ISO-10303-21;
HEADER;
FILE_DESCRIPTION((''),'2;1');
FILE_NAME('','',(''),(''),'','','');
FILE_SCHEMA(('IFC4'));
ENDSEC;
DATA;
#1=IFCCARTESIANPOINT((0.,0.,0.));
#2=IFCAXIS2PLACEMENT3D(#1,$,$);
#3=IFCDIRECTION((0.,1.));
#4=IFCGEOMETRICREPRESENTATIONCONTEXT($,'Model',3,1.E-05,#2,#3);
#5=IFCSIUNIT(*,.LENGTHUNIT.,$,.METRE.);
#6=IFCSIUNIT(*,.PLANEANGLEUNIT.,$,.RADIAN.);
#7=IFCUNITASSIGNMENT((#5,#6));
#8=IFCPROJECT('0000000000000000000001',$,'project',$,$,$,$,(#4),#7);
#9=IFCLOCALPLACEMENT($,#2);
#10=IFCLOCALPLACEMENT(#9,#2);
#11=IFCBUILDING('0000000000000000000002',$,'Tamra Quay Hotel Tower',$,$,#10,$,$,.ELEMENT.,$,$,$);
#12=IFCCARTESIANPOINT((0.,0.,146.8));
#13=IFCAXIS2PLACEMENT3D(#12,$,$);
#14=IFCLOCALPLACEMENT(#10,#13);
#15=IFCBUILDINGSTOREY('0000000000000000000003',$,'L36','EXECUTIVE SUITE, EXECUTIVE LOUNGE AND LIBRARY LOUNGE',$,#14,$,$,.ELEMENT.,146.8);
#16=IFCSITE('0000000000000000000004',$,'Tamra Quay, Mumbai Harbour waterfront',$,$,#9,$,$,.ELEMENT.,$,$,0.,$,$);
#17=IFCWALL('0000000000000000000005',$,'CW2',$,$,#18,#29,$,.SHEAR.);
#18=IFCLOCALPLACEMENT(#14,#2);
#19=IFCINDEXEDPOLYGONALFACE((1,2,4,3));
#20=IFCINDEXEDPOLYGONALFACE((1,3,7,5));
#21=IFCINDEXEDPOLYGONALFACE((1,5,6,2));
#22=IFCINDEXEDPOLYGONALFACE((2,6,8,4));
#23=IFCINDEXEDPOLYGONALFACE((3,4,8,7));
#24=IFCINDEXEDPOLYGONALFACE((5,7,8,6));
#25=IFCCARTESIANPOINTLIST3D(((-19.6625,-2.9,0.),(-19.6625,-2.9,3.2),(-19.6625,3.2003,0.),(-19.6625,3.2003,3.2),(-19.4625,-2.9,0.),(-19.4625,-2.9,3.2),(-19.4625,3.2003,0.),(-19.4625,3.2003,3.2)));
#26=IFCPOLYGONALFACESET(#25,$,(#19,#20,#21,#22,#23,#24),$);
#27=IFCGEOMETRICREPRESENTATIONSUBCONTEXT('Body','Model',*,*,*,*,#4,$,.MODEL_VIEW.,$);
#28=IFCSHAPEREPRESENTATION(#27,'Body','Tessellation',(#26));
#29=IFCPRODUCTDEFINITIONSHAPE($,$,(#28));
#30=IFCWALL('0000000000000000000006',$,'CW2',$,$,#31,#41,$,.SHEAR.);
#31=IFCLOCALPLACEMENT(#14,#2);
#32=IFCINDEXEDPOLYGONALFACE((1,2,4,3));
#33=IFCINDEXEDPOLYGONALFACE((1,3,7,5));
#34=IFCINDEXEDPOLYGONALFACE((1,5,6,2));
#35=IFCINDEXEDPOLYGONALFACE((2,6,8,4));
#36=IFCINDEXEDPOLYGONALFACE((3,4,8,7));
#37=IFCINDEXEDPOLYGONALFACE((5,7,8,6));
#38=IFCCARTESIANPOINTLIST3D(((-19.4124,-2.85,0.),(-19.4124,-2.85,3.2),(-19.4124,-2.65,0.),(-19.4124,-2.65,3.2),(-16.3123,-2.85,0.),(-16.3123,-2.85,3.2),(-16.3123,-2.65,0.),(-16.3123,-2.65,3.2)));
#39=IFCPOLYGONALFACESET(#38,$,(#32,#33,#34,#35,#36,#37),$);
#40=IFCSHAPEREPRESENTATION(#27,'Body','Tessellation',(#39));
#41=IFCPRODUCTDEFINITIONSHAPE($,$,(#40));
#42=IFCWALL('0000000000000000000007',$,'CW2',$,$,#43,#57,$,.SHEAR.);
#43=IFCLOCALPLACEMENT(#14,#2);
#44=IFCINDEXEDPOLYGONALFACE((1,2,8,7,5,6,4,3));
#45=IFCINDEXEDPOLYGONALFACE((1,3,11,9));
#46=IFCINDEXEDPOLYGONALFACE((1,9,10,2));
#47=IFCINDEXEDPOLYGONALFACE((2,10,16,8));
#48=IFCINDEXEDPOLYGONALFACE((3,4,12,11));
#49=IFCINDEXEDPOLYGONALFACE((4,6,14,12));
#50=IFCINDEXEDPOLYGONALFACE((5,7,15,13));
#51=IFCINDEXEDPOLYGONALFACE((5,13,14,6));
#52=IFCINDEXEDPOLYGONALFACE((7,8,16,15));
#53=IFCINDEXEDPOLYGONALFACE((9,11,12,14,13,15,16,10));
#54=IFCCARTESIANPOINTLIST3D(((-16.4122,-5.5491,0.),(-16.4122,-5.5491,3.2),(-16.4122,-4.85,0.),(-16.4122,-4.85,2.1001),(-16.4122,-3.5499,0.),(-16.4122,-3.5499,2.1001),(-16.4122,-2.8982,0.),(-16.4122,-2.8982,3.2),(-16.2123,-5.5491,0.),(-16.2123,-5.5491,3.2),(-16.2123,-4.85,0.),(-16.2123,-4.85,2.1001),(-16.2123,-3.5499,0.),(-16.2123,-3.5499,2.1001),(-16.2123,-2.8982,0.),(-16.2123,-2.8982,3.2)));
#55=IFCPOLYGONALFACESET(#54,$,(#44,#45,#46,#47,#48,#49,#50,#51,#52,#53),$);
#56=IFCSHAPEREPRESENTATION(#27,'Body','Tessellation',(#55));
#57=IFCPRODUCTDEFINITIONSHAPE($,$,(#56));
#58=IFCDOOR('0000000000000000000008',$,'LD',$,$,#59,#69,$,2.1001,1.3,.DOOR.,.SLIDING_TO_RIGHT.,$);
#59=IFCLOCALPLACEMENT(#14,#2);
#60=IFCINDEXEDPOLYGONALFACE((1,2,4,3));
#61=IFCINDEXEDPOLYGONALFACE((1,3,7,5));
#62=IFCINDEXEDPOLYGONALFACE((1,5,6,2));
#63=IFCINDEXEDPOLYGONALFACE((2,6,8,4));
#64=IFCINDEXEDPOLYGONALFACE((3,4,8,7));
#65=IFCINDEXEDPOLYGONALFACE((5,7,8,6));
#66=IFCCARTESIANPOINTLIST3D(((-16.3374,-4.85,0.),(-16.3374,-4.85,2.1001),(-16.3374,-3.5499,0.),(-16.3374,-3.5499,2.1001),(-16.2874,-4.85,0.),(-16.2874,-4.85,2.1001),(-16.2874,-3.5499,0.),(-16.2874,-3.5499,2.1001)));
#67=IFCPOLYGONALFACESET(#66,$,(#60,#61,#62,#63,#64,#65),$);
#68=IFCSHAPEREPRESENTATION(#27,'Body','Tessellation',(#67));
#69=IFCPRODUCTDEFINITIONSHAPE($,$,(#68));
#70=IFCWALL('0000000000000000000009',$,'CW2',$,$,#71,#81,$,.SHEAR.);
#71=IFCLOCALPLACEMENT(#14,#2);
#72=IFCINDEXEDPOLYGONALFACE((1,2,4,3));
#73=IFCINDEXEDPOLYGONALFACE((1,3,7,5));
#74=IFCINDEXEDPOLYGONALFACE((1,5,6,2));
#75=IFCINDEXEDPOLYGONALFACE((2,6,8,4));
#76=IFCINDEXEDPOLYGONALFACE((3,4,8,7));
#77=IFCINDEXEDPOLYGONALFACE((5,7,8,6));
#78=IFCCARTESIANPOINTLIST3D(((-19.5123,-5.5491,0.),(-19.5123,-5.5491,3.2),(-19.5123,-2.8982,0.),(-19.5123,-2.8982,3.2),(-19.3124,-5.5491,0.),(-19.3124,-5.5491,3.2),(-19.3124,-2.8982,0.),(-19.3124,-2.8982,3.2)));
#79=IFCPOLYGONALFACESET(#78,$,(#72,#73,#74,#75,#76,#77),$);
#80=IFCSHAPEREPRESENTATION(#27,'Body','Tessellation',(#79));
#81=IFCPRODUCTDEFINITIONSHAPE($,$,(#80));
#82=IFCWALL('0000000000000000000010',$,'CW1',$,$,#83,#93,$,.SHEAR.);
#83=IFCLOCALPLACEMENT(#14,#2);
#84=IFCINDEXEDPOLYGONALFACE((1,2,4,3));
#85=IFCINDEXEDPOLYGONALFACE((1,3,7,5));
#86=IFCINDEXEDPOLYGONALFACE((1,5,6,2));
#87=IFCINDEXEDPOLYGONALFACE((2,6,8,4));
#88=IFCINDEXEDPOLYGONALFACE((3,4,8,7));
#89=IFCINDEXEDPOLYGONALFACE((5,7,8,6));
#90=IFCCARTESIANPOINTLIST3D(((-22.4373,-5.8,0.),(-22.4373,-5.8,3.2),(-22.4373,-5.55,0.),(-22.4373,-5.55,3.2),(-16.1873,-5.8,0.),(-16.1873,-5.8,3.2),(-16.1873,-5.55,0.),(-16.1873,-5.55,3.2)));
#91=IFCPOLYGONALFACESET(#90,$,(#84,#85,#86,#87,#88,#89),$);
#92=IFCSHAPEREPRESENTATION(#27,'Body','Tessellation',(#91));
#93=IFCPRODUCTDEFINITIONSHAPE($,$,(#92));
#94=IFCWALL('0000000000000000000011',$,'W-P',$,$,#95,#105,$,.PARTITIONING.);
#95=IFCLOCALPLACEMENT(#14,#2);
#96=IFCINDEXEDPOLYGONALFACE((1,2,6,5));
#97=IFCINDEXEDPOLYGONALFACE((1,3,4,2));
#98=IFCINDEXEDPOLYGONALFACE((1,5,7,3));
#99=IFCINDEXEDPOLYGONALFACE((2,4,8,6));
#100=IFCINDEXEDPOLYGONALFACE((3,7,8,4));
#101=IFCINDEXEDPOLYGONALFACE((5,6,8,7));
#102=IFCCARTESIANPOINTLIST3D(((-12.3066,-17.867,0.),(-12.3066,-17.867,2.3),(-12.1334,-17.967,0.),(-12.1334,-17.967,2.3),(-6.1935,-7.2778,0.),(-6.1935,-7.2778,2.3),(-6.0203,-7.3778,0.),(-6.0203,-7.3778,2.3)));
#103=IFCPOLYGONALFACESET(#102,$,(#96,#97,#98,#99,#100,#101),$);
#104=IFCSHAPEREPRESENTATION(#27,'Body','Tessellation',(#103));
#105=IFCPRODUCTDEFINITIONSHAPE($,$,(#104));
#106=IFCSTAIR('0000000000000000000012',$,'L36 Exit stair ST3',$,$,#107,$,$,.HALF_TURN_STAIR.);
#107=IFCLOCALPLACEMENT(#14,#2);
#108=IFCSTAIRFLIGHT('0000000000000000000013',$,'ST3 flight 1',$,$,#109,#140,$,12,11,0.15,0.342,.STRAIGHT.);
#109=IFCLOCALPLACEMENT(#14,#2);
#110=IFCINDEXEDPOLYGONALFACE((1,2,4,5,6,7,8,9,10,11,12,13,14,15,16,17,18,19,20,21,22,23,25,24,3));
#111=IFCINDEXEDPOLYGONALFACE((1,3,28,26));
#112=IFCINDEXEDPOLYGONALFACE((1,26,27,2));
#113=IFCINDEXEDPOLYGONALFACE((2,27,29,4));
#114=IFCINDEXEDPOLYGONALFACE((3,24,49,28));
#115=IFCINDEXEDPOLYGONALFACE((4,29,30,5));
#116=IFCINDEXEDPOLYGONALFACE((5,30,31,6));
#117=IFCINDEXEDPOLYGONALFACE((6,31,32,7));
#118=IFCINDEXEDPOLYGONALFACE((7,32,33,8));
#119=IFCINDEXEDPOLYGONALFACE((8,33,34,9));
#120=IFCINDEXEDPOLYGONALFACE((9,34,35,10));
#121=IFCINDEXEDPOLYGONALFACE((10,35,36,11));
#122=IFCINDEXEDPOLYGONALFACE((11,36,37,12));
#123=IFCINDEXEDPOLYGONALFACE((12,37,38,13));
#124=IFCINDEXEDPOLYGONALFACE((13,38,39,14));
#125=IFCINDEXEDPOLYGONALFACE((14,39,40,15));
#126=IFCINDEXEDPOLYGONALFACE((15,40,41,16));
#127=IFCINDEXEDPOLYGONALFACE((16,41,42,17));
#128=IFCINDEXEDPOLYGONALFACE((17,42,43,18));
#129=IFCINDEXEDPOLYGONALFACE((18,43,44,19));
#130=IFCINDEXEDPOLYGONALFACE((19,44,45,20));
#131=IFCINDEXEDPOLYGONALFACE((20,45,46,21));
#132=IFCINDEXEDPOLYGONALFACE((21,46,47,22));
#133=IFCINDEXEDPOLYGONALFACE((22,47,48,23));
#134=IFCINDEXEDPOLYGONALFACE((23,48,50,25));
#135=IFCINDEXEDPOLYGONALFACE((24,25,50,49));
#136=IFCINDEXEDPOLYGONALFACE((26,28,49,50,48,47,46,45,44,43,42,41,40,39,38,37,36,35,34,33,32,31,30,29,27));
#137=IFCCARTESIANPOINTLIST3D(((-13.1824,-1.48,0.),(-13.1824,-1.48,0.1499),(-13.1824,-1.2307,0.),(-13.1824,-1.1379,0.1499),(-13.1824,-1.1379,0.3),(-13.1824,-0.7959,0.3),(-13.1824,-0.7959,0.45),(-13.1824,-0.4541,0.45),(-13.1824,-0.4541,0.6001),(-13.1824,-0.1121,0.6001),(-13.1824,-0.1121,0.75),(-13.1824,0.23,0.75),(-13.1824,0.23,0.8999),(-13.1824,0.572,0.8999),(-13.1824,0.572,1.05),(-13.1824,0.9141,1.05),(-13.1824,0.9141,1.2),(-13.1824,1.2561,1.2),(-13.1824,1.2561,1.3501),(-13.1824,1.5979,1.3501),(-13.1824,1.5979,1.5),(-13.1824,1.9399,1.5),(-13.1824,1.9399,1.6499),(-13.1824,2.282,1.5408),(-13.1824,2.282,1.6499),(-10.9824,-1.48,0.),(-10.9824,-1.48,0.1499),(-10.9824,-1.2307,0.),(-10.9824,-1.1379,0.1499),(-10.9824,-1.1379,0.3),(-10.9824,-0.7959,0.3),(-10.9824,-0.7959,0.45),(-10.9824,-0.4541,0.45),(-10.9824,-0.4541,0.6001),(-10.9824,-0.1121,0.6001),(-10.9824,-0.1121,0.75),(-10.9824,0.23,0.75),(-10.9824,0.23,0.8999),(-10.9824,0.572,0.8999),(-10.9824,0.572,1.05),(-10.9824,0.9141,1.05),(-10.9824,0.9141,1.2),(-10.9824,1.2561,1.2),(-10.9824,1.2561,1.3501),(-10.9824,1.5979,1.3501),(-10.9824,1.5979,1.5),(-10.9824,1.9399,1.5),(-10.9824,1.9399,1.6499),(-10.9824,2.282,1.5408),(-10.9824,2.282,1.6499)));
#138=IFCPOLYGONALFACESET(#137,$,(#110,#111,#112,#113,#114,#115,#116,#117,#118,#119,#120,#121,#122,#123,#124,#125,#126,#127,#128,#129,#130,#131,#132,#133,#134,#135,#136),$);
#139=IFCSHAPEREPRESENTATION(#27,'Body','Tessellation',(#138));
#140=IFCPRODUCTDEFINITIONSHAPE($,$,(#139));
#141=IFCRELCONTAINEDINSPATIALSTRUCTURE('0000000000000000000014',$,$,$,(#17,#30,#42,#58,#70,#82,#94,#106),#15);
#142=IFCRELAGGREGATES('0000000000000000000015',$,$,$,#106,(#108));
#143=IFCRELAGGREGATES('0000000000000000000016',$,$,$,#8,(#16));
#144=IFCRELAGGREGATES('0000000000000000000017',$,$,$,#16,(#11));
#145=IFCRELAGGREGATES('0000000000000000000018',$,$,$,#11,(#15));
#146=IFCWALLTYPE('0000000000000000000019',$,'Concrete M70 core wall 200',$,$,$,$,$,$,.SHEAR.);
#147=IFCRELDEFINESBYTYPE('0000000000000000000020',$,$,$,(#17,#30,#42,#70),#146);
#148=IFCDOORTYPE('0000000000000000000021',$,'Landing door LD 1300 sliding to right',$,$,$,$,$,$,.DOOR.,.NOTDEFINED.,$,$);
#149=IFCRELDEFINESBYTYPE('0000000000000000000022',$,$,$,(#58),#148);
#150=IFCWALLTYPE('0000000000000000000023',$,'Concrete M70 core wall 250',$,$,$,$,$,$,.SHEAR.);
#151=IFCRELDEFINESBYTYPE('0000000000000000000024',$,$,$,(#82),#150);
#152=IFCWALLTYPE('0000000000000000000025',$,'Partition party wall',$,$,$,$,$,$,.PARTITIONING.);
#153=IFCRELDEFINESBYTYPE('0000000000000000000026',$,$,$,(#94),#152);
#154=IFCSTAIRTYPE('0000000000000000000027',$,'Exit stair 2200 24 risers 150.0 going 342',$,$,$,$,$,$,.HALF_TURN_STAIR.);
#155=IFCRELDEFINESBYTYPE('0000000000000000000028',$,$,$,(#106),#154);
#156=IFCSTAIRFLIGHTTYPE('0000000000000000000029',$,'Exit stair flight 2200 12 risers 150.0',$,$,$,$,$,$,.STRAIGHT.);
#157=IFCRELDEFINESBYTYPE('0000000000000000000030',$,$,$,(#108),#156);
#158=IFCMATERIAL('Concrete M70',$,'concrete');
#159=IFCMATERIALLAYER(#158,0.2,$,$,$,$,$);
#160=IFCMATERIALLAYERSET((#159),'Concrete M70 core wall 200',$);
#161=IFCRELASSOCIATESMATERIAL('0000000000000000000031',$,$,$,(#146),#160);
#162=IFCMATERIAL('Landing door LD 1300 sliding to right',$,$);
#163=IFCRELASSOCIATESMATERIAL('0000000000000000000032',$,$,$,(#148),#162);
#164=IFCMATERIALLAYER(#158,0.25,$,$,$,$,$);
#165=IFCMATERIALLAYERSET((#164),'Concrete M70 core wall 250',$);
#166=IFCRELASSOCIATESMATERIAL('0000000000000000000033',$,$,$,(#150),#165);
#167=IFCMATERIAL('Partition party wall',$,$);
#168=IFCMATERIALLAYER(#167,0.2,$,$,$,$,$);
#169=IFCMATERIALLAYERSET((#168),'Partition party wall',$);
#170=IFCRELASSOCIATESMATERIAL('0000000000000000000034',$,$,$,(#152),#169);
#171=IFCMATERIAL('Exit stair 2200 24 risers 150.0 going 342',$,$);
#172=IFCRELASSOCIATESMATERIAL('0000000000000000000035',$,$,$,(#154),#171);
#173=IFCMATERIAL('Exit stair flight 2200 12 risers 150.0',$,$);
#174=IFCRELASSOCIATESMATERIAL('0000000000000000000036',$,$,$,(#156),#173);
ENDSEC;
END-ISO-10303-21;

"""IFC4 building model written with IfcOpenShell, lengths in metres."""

from ifc_helpers import new_model, si_unit, direction, frame, frame_2d, origin, place, context, subcontext, project, spatial, polyline, rectangle, outline, extrude, material, layer, layer_set, type_object, element, fill, aggregate, save


model = new_model("IFC4")

# Units and contexts
model_context = context("Model", 3, precision=1e-05, world=origin(), true_north=direction((0.0, 1.0)))
body_context = subcontext(model_context, "Body", "Model", "MODEL_VIEW")
ifc_project = project(units=[si_unit("LENGTHUNIT", "METRE"), si_unit("PLANEANGLEUNIT", "RADIAN")], contexts=[model_context])

# Site, building, storey
site_placement = place(None, origin())
site = spatial("IfcSite", under=ifc_project, at=site_placement, Name="Tamra Quay, Mumbai Harbour waterfront", CompositionType="ELEMENT", RefElevation=0.0)
building_placement = place(site_placement, origin())
building = spatial("IfcBuilding", under=site, at=building_placement, Name="Tamra Quay Hotel Tower", CompositionType="ELEMENT")
storey_placement = place(building_placement, frame((0.0, 0.0, 146.8)))
storey = spatial("IfcBuildingStorey", under=building, at=storey_placement, Name="L36", Description="EXECUTIVE SUITE, EXECUTIVE LOUNGE AND LIBRARY LOUNGE", CompositionType="ELEMENT", Elevation=146.8)

# Shared definitions
ifc_material_1 = material(Name="Concrete M70", Category="concrete")

# Walls
ifc_layer_1 = layer(ifc_material_1, 0.2)
ifc_layer_set_1 = layer_set([ifc_layer_1], Name="Concrete M70 core wall 200")
wall_type_1 = type_object("IfcWallType", Name="Concrete M70 core wall 200", PredefinedType="SHEAR", material=ifc_layer_set_1)
wall_1_placement = place(storey_placement, frame((-19.5625, -2.9001, 0.0), z_axis=(0.0, 0.0, 1.0), x_axis=(0.0, 1.0, 0.0)))
element("IfcWall", 1, at=wall_1_placement, inside=storey, type_object=wall_type_1, Name="CW2", PredefinedType="SHEAR", context=body_context, shape_type="SweptSolid", body=[
    extrude(rectangle(XDim=6.1003, YDim=0.2, at=frame_2d((3.0503, 0.0))), origin(), (0.0, 0.0, 1.0), 3.2),
])
wall_2_placement = place(storey_placement, frame((-19.4124, -2.75, 0.0), z_axis=(0.0, 0.0, 1.0), x_axis=(1.0, 0.0, 0.0)))
element("IfcWall", 2, at=wall_2_placement, inside=storey, type_object=wall_type_1, Name="CW2", PredefinedType="SHEAR", context=body_context, shape_type="SweptSolid", body=[
    extrude(rectangle(XDim=3.1001, YDim=0.2, at=frame_2d((1.55, 0.0))), origin(), (0.0, 0.0, 1.0), 3.2),
])

# Wall, opening, door
wall_3_placement = place(storey_placement, frame((-16.3123, -2.8982, 0.0), z_axis=(0.0, 0.0, 1.0), x_axis=(0.0, -1.0, 0.0)))
wall_3 = element("IfcWall", 3, at=wall_3_placement, inside=storey, type_object=wall_type_1, Name="CW2", PredefinedType="SHEAR", context=body_context, shape_type="SweptSolid", body=[
    extrude(rectangle(XDim=2.6509, YDim=0.2, at=frame_2d((1.3254, 0.0))), origin(), (0.0, 0.0, 1.0), 3.2),
])
opening_placement = place(wall_3_placement, frame((0.6519, 0.0, 0.0)))
opening = element("IfcOpeningElement", 4, at=opening_placement, cuts=wall_3, PredefinedType="OPENING", context=body_context, shape_type="SweptSolid", body=[
    extrude(rectangle(XDim=1.3, YDim=2.1001, at=frame_2d((0.6499, 1.05))), frame((0.0, 0.1099, 0.0), z_axis=(0.0, -1.0, 0.0), x_axis=(1.0, 0.0, 0.0)), (0.0, 0.0, 1.0), 0.22),
])
ifc_material_2 = material(Name="Landing door LD 1300 sliding to right")
door_type = type_object("IfcDoorType", Name="Landing door LD 1300 sliding to right", OperationType="NOTDEFINED", PredefinedType="DOOR", material=ifc_material_2)
door_placement = place(opening_placement, origin())
door = element("IfcDoor", 5, at=door_placement, inside=storey, type_object=door_type, Name="LD", OperationType="SLIDING_TO_RIGHT", OverallHeight=2.1001, OverallWidth=1.3, PredefinedType="DOOR", context=body_context, shape_type="SweptSolid", body=[
    extrude(rectangle(XDim=1.3, YDim=2.1001, at=frame_2d((0.6499, 1.05))), frame((0.0, 0.0249, 0.0), z_axis=(0.0, -1.0, 0.0), x_axis=(1.0, 0.0, 0.0)), (0.0, 0.0, 1.0), 0.05),
])
fill(opening, door)

# Walls
wall_4_placement = place(storey_placement, frame((-19.4124, -5.5491, 0.0), z_axis=(0.0, 0.0, 1.0), x_axis=(0.0, 1.0, 0.0)))
element("IfcWall", 6, at=wall_4_placement, inside=storey, type_object=wall_type_1, Name="CW2", PredefinedType="SHEAR", context=body_context, shape_type="SweptSolid", body=[
    extrude(rectangle(XDim=2.6509, YDim=0.2, at=frame_2d((1.3254, 0.0))), origin(), (0.0, 0.0, 1.0), 3.2),
])
ifc_layer_2 = layer(ifc_material_1, 0.25)
ifc_layer_set_2 = layer_set([ifc_layer_2], Name="Concrete M70 core wall 250")
wall_type_2 = type_object("IfcWallType", Name="Concrete M70 core wall 250", PredefinedType="SHEAR", material=ifc_layer_set_2)
wall_5_placement = place(storey_placement, frame((-16.1873, -5.675, 0.0), z_axis=(0.0, 0.0, 1.0), x_axis=(-1.0, 0.0, 0.0)))
element("IfcWall", 7, at=wall_5_placement, inside=storey, type_object=wall_type_2, Name="CW1", PredefinedType="SHEAR", context=body_context, shape_type="SweptSolid", body=[
    extrude(rectangle(XDim=6.25, YDim=0.25, at=frame_2d((3.125, 0.0))), origin(), (0.0, 0.0, 1.0), 3.2),
])
ifc_material_3 = material(Name="Partition party wall")
ifc_layer_3 = layer(ifc_material_3, 0.2)
ifc_layer_set_3 = layer_set([ifc_layer_3], Name="Partition party wall")
wall_type_3 = type_object("IfcWallType", Name="Partition party wall", PredefinedType="PARTITIONING", material=ifc_layer_set_3)
wall_6_placement = place(storey_placement, frame((-12.22, -17.917, 0.0), z_axis=(0.0, 0.0, 1.0), x_axis=(0.499964, 0.866046, 0.0)))
element("IfcWall", 8, at=wall_6_placement, inside=storey, type_object=wall_type_3, Name="W-P", PredefinedType="PARTITIONING", context=body_context, shape_type="SweptSolid", body=[
    extrude(rectangle(XDim=12.2271, YDim=0.2, at=frame_2d((6.1135, 0.0))), origin(), (0.0, 0.0, 1.0), 2.3),
])

# Stair, stair flight
ifc_material_4 = material(Name="Exit stair 2200 24 risers 150.0 going 342")
stair_type = type_object("IfcStairType", Name="Exit stair 2200 24 risers 150.0 going 342", PredefinedType="HALF_TURN_STAIR", material=ifc_material_4)
stair_placement = place(storey_placement, origin())
stair = element("IfcStair", 9, at=stair_placement, inside=storey, type_object=stair_type, Name="L36 Exit stair ST3", PredefinedType="HALF_TURN_STAIR")
ifc_material_5 = material(Name="Exit stair flight 2200 12 risers 150.0")
stair_flight_type = type_object("IfcStairFlightType", Name="Exit stair flight 2200 12 risers 150.0", PredefinedType="STRAIGHT", material=ifc_material_5)
stair_flight_placement = place(storey_placement, frame((-12.0823, -1.48, 0.0), z_axis=(0.0, 0.0, 1.0), x_axis=(0.0, 1.0, 0.0)))
stair_flight = element("IfcStairFlight", 10, at=stair_flight_placement, type_object=stair_flight_type, Name="ST3 flight 1", NumberOfRisers=12, NumberOfTreads=11, PredefinedType="STRAIGHT", RiserHeight=0.15, TreadLength=0.342, context=body_context, shape_type="SweptSolid", body=[
    extrude(outline(polyline([(0.0, 0.0), (0.0, 0.1499), (0.342, 0.1499), (0.342, 0.3), (0.6841, 0.3), (0.6841, 0.45), (1.0259, 0.45), (1.0259, 0.6001), (1.3679, 0.6001), (1.3679, 0.75), (1.71, 0.75), (1.71, 0.8999), (2.052, 0.8999), (2.052, 1.05), (2.394, 1.05), (2.394, 1.2), (2.7361, 1.2), (2.7361, 1.3501), (3.0779, 1.3501), (3.0779, 1.5), (3.4199, 1.5), (3.4199, 1.6499), (3.762, 1.6499), (3.762, 1.8), (3.762, 1.5408), (0.2493, 0.0), (0.0, 0.0)])), frame((0.0, 1.1001, 0.0), z_axis=(0.0, -1.0, 0.0), x_axis=(1.0, 0.0, 0.0)), (0.0, 0.0, 1.0), 2.2),
])
aggregate(stair, [stair_flight])

save(model, "model.ifc")
